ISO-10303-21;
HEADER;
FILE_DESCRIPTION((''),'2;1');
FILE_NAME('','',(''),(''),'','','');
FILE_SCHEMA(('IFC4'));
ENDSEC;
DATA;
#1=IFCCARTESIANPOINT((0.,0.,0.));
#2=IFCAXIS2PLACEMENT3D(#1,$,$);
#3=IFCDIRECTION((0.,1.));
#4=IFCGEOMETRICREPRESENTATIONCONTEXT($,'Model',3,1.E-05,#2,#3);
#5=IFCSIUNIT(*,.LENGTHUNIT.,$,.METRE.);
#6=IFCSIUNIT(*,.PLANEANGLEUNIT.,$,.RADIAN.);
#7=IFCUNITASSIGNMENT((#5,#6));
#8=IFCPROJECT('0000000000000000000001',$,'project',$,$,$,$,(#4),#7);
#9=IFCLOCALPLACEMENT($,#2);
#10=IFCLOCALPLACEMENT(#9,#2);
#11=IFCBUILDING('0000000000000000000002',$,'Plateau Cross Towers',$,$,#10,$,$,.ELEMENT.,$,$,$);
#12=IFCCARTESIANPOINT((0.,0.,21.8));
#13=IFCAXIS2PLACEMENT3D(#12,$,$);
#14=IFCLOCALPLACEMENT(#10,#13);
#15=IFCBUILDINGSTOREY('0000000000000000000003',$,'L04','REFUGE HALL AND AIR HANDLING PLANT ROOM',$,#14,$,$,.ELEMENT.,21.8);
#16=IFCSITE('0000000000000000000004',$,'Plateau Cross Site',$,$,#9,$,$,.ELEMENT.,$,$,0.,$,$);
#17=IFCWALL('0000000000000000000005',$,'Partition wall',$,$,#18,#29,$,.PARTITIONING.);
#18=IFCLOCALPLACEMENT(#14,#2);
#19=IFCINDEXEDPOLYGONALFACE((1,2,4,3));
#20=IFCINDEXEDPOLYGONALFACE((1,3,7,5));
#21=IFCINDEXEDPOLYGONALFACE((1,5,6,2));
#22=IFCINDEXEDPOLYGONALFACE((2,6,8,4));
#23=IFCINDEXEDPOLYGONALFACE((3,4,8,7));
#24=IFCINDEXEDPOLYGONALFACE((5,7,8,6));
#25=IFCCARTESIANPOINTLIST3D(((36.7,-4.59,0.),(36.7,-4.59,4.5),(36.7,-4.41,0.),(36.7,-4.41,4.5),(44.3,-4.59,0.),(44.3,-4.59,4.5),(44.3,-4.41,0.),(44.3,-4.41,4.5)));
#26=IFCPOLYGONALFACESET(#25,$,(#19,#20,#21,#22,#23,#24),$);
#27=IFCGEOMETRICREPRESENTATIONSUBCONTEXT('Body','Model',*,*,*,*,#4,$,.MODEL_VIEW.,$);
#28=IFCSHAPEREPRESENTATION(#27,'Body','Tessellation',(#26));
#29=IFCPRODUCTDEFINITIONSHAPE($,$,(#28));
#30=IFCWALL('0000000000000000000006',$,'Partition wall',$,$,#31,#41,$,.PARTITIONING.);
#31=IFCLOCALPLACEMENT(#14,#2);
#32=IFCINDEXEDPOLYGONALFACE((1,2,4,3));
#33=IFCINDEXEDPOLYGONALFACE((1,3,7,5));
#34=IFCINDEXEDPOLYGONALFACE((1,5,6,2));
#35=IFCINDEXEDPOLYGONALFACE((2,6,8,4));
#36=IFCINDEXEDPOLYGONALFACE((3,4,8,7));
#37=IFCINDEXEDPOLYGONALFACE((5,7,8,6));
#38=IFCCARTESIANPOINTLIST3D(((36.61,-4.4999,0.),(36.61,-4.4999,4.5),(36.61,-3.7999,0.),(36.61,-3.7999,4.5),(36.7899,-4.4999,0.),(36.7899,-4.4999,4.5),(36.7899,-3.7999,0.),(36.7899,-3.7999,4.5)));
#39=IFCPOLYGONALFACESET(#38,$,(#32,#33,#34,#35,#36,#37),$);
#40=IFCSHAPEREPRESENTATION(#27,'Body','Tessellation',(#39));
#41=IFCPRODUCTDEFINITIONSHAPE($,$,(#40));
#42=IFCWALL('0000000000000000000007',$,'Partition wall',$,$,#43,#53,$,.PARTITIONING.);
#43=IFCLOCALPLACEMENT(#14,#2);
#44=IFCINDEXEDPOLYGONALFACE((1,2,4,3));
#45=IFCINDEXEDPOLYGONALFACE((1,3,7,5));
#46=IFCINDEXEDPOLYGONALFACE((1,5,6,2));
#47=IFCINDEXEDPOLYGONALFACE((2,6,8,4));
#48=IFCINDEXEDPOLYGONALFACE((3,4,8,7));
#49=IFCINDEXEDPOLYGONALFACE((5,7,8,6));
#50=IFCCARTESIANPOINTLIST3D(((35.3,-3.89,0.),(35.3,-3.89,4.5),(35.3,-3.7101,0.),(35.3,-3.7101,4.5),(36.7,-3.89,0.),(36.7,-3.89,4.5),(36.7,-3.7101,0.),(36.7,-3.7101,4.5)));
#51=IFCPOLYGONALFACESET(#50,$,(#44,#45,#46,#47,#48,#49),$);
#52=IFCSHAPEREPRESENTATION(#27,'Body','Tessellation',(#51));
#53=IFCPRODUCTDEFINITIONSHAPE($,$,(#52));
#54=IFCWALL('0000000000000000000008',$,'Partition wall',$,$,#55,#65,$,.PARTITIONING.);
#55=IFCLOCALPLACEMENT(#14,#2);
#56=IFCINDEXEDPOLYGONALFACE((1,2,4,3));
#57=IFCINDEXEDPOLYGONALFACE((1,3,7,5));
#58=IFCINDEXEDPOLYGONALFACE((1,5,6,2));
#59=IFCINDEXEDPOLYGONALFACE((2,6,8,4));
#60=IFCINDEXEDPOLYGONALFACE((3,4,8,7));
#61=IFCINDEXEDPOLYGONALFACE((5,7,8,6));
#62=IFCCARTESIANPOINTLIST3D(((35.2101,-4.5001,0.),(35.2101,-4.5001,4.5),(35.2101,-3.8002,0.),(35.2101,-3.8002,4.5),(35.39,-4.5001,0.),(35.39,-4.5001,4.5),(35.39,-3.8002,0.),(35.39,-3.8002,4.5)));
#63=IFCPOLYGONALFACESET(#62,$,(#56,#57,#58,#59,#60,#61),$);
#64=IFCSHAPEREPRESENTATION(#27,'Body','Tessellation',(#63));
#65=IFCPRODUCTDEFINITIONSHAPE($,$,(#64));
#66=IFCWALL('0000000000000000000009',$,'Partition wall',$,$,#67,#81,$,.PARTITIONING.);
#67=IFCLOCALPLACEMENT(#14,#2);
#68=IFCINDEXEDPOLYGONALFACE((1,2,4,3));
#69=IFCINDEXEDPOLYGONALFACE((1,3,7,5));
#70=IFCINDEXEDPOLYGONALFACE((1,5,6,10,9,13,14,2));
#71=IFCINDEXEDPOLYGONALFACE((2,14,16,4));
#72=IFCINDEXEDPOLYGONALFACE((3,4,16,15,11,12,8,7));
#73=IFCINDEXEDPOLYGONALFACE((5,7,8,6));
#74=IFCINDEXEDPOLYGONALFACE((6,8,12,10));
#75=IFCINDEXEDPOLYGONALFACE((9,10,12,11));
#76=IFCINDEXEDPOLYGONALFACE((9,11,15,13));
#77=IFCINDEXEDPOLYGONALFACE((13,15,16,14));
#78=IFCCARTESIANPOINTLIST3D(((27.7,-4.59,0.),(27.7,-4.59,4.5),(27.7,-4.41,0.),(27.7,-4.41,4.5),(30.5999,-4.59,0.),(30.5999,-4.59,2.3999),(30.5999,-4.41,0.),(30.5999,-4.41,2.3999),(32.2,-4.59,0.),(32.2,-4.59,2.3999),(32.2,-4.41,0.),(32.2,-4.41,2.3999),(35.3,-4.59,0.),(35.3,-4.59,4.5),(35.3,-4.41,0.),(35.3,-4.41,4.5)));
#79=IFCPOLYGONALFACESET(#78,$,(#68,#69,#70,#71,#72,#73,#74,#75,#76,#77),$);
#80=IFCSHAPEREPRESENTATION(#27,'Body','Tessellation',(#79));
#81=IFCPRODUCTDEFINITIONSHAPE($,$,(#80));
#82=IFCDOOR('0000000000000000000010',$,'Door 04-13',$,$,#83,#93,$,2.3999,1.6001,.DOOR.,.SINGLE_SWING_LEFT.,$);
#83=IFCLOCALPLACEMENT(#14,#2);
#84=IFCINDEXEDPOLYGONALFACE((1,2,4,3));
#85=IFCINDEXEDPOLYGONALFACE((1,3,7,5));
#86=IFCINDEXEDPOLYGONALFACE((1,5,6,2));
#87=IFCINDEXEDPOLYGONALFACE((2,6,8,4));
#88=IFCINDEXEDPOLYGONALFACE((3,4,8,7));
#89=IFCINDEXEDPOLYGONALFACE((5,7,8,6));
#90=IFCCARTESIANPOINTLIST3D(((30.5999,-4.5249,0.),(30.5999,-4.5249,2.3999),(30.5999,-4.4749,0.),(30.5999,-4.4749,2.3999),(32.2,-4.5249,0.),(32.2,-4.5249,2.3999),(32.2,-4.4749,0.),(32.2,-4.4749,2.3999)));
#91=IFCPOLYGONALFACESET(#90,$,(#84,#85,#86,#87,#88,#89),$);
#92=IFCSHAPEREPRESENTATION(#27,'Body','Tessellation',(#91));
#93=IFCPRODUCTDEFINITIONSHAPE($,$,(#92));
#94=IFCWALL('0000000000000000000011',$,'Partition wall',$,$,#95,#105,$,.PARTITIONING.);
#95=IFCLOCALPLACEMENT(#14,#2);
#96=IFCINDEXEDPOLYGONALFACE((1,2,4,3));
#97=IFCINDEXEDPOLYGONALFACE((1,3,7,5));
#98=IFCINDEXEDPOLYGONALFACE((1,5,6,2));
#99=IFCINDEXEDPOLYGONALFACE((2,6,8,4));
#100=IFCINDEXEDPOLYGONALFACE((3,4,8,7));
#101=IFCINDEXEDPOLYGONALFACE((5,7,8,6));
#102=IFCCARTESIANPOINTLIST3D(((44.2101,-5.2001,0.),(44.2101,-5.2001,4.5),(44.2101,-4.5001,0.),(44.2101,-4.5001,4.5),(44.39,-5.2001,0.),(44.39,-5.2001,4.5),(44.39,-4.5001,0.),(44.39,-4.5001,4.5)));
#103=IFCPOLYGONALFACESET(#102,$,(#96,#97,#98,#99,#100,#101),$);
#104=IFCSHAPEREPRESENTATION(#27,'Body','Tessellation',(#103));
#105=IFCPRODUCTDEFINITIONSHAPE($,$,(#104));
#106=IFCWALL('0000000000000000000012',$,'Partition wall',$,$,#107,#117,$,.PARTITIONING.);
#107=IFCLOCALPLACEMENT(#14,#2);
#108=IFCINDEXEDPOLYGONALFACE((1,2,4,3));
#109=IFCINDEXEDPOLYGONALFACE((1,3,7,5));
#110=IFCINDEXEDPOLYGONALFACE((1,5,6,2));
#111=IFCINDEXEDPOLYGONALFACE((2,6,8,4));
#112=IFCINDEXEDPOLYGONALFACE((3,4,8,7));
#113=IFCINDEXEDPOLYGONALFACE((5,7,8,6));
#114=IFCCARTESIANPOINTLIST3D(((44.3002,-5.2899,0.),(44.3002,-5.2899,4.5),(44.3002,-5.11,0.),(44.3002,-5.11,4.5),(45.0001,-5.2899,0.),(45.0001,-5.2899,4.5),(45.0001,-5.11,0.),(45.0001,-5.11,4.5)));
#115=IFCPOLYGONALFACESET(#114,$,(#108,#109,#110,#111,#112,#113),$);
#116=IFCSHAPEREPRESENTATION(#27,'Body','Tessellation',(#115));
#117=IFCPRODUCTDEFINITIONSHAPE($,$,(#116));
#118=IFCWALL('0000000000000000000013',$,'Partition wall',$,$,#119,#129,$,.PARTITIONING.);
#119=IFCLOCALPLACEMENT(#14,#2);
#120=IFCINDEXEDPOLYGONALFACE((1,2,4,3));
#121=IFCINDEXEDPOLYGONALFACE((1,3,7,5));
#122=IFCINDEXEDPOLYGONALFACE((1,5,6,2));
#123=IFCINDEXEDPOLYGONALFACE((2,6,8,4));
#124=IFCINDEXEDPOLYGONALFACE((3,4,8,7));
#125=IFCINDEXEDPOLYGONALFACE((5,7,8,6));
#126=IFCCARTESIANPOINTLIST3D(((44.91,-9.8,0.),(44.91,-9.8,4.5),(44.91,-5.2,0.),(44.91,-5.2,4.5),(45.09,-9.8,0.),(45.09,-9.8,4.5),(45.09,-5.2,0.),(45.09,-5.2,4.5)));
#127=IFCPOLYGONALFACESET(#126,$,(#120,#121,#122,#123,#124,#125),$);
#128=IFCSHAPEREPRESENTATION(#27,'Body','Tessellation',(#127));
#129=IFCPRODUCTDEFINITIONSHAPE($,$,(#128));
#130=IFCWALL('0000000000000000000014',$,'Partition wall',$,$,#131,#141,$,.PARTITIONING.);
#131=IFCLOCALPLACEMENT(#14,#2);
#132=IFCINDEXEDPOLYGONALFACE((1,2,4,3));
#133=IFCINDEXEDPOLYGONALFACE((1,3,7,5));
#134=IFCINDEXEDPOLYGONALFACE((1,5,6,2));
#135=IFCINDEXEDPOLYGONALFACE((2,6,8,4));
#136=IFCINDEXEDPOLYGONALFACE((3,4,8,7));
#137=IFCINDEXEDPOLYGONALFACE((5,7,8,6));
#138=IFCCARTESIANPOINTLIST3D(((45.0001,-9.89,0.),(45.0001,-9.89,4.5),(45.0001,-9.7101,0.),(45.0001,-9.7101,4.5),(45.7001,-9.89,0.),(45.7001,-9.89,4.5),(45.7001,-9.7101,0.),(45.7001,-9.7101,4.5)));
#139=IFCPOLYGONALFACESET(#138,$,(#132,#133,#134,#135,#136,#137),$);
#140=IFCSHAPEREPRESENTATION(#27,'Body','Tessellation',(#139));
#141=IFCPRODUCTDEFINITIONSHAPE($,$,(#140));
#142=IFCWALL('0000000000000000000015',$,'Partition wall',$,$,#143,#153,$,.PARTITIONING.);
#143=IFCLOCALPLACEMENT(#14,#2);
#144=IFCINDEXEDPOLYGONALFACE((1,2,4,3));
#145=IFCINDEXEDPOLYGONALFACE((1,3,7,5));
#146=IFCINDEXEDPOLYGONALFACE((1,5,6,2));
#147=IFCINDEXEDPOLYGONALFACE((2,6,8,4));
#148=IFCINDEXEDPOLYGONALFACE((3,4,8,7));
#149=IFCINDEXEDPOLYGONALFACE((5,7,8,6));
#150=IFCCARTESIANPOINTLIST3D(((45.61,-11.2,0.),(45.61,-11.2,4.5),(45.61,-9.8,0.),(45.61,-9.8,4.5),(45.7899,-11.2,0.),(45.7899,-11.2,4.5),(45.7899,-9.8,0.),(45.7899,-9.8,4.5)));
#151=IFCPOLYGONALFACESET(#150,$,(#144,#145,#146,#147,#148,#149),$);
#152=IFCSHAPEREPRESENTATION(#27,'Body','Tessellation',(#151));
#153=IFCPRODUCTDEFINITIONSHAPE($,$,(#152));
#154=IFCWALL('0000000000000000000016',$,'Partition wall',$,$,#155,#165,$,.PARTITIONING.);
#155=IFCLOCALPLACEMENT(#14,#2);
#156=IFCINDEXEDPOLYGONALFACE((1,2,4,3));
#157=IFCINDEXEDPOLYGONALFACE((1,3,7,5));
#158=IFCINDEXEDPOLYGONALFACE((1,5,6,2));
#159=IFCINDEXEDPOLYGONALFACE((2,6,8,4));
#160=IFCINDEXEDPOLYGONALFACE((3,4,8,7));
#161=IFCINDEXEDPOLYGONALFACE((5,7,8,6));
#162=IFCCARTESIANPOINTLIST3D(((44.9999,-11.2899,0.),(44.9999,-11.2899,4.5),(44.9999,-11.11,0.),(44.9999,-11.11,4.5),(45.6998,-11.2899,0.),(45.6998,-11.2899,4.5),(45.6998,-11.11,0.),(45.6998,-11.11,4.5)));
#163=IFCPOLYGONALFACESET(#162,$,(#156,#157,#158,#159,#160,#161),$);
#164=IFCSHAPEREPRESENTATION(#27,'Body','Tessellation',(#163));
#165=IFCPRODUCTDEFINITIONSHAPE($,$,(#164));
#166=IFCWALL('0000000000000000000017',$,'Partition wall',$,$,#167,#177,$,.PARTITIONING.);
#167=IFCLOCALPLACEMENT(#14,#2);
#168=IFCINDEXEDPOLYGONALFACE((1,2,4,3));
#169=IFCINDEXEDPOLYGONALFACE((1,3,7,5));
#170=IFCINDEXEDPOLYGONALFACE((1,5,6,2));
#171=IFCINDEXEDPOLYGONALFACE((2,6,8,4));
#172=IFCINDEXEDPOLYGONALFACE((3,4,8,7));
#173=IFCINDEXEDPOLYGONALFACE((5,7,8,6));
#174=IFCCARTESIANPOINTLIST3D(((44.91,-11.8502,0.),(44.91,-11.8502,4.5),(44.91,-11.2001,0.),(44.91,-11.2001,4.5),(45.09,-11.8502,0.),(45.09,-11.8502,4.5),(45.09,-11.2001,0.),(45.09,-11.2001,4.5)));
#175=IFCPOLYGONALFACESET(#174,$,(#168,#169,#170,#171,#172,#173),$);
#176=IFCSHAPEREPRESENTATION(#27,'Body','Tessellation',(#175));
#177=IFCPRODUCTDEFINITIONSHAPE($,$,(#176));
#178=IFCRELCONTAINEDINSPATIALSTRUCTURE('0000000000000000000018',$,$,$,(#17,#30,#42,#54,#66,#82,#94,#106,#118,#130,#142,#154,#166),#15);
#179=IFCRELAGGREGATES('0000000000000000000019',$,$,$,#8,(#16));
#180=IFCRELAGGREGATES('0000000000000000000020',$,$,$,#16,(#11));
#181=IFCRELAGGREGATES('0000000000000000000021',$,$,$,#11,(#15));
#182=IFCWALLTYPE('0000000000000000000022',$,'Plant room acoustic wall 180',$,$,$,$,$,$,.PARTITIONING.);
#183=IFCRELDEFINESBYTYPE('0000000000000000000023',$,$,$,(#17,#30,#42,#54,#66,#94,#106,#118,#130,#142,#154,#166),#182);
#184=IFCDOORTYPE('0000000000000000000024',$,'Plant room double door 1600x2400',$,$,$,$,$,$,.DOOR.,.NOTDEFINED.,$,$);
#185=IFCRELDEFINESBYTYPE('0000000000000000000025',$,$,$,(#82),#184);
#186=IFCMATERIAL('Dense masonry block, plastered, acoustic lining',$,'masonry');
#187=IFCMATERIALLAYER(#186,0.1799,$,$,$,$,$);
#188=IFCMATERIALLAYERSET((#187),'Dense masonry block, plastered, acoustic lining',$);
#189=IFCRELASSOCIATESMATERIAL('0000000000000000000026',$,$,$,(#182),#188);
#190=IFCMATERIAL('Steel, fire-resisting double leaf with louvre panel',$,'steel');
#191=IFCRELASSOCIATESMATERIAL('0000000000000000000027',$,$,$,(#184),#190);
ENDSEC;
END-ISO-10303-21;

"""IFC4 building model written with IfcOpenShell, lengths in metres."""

from ifc_helpers import new_model, si_unit, direction, frame, frame_2d, origin, place, context, subcontext, project, spatial, rectangle, extrude, material, layer, layer_set, type_object, element, fill, save


model = new_model("IFC4")

# Units and contexts
model_context = context("Model", 3, precision=1e-05, world=origin(), true_north=direction((0.0, 1.0)))
body_context = subcontext(model_context, "Body", "Model", "MODEL_VIEW")
ifc_project = project(units=[si_unit("LENGTHUNIT", "METRE"), si_unit("PLANEANGLEUNIT", "RADIAN")], contexts=[model_context])

# Site, building, storey
site_placement = place(None, origin())
site = spatial("IfcSite", under=ifc_project, at=site_placement, Name="Plateau Cross Site", CompositionType="ELEMENT", RefElevation=0.0)
building_placement = place(site_placement, origin())
building = spatial("IfcBuilding", under=site, at=building_placement, Name="Plateau Cross Towers", CompositionType="ELEMENT")
storey_placement = place(building_placement, frame((0.0, 0.0, 21.8)))
storey = spatial("IfcBuildingStorey", under=building, at=storey_placement, Name="L04", Description="REFUGE HALL AND AIR HANDLING PLANT ROOM", CompositionType="ELEMENT", Elevation=21.8)

# Walls
ifc_material_1 = material(Name="Dense masonry block, plastered, acoustic lining", Category="masonry")
ifc_layer_1 = layer(ifc_material_1, 0.1799)
ifc_layer_set_1 = layer_set([ifc_layer_1], Name="Dense masonry block, plastered, acoustic lining")
wall_type = type_object("IfcWallType", Name="Plant room acoustic wall 180", PredefinedType="PARTITIONING", material=ifc_layer_set_1)
wall_1_placement = place(storey_placement, frame((44.3, -4.5, 0.0), z_axis=(0.0, 0.0, 1.0), x_axis=(-1.0, 0.0, 0.0)))
element("IfcWall", 1, at=wall_1_placement, inside=storey, type_object=wall_type, Name="Partition wall", PredefinedType="PARTITIONING", context=body_context, shape_type="SweptSolid", body=[
    extrude(rectangle(XDim=7.6001, YDim=0.1799, at=frame_2d((3.8, 0.0))), origin(), (0.0, 0.0, 1.0), 4.5),
])
wall_2_placement = place(storey_placement, frame((36.7, -4.5, 0.0), z_axis=(0.0, 0.0, 1.0), x_axis=(0.0, 1.0, 0.0)))
element("IfcWall", 2, at=wall_2_placement, inside=storey, type_object=wall_type, Name="Partition wall", PredefinedType="PARTITIONING", context=body_context, shape_type="SweptSolid", body=[
    extrude(rectangle(XDim=0.7, YDim=0.1799, at=frame_2d((0.3501, 0.0))), origin(), (0.0, 0.0, 1.0), 4.5),
])
wall_3_placement = place(storey_placement, frame((36.7, -3.8, 0.0), z_axis=(0.0, 0.0, 1.0), x_axis=(-1.0, 0.0, 0.0)))
element("IfcWall", 3, at=wall_3_placement, inside=storey, type_object=wall_type, Name="Partition wall", PredefinedType="PARTITIONING", context=body_context, shape_type="SweptSolid", body=[
    extrude(rectangle(XDim=1.3999, YDim=0.1799, at=frame_2d((0.7, 0.0))), origin(), (0.0, 0.0, 1.0), 4.5),
])
wall_4_placement = place(storey_placement, frame((35.3, -3.8, 0.0), z_axis=(0.0, 0.0, 1.0), x_axis=(0.0, -1.0, 0.0)))
element("IfcWall", 4, at=wall_4_placement, inside=storey, type_object=wall_type, Name="Partition wall", PredefinedType="PARTITIONING", context=body_context, shape_type="SweptSolid", body=[
    extrude(rectangle(XDim=0.7, YDim=0.1799, at=frame_2d((0.3501, 0.0))), origin(), (0.0, 0.0, 1.0), 4.5),
])

# Wall, opening, door
wall_5_placement = place(storey_placement, frame((35.3, -4.5, 0.0), z_axis=(0.0, 0.0, 1.0), x_axis=(-1.0, 0.0, 0.0)))
wall_5 = element("IfcWall", 5, at=wall_5_placement, inside=storey, type_object=wall_type, Name="Partition wall", PredefinedType="PARTITIONING", context=body_context, shape_type="SweptSolid", body=[
    extrude(rectangle(XDim=7.6001, YDim=0.1799, at=frame_2d((3.8, 0.0))), origin(), (0.0, 0.0, 1.0), 4.5),
])
opening_placement = place(wall_5_placement, frame((3.1001, 0.0, 0.0)))
opening = element("IfcOpeningElement", 6, at=opening_placement, cuts=wall_5, PredefinedType="OPENING", context=body_context, shape_type="SweptSolid", body=[
    extrude(rectangle(XDim=1.6001, YDim=2.3999, at=frame_2d((0.8, 1.2))), frame((0.0, 0.0999, 0.0), z_axis=(0.0, -1.0, 0.0), x_axis=(1.0, 0.0, 0.0)), (0.0, 0.0, 1.0), 0.2),
])
ifc_material_2 = material(Name="Steel, fire-resisting double leaf with louvre panel", Category="steel")
door_type = type_object("IfcDoorType", Name="Plant room double door 1600x2400", OperationType="NOTDEFINED", PredefinedType="DOOR", material=ifc_material_2)
door_placement = place(opening_placement, origin())
door = element("IfcDoor", 7, at=door_placement, inside=storey, type_object=door_type, Name="Door 04-13", OperationType="SINGLE_SWING_LEFT", OverallHeight=2.3999, OverallWidth=1.6001, PredefinedType="DOOR", context=body_context, shape_type="SweptSolid", body=[
    extrude(rectangle(XDim=1.6001, YDim=2.3999, at=frame_2d((0.8, 1.2))), frame((0.0, 0.0249, 0.0), z_axis=(0.0, -1.0, 0.0), x_axis=(1.0, 0.0, 0.0)), (0.0, 0.0, 1.0), 0.05),
])
fill(opening, door)

# Walls
for number, where, z_axis, x_axis, name in (
    (8, (44.3, -4.5, 0.0), (0.0, 0.0, 1.0), (0.0, -1.0, 0.0), "Partition wall"),
    (9, (44.3, -5.2, 0.0), (0.0, 0.0, 1.0), (1.0, 0.0, 0.0), "Partition wall"),
):
    element("IfcWall", number, at=place(storey_placement, frame(where, z_axis=z_axis, x_axis=x_axis)), inside=storey, type_object=wall_type, Name=name, PredefinedType="PARTITIONING", context=body_context, shape_type="SweptSolid", body=[
        extrude(rectangle(XDim=0.7, YDim=0.1799, at=frame_2d((0.3501, 0.0))), origin(), (0.0, 0.0, 1.0), 4.5),
    ])
wall_6_placement = place(storey_placement, frame((45.0, -5.2, 0.0), z_axis=(0.0, 0.0, 1.0), x_axis=(0.0, -1.0, 0.0)))
element("IfcWall", 10, at=wall_6_placement, inside=storey, type_object=wall_type, Name="Partition wall", PredefinedType="PARTITIONING", context=body_context, shape_type="SweptSolid", body=[
    extrude(rectangle(XDim=4.6001, YDim=0.1799, at=frame_2d((2.3, 0.0))), origin(), (0.0, 0.0, 1.0), 4.5),
])
wall_7_placement = place(storey_placement, frame((45.0, -9.8, 0.0), z_axis=(0.0, 0.0, 1.0), x_axis=(1.0, 0.0, 0.0)))
element("IfcWall", 11, at=wall_7_placement, inside=storey, type_object=wall_type, Name="Partition wall", PredefinedType="PARTITIONING", context=body_context, shape_type="SweptSolid", body=[
    extrude(rectangle(XDim=0.7, YDim=0.1799, at=frame_2d((0.3501, 0.0))), origin(), (0.0, 0.0, 1.0), 4.5),
])
wall_8_placement = place(storey_placement, frame((45.7, -9.8, 0.0), z_axis=(0.0, 0.0, 1.0), x_axis=(0.0, -1.0, 0.0)))
element("IfcWall", 12, at=wall_8_placement, inside=storey, type_object=wall_type, Name="Partition wall", PredefinedType="PARTITIONING", context=body_context, shape_type="SweptSolid", body=[
    extrude(rectangle(XDim=1.3999, YDim=0.1799, at=frame_2d((0.7, 0.0))), origin(), (0.0, 0.0, 1.0), 4.5),
])
wall_9_placement = place(storey_placement, frame((45.7, -11.2, 0.0), z_axis=(0.0, 0.0, 1.0), x_axis=(-1.0, 0.0, 0.0)))
element("IfcWall", 13, at=wall_9_placement, inside=storey, type_object=wall_type, Name="Partition wall", PredefinedType="PARTITIONING", context=body_context, shape_type="SweptSolid", body=[
    extrude(rectangle(XDim=0.7, YDim=0.1799, at=frame_2d((0.3501, 0.0))), origin(), (0.0, 0.0, 1.0), 4.5),
])
wall_10_placement = place(storey_placement, frame((45.0, -11.2, 0.0), z_axis=(0.0, 0.0, 1.0), x_axis=(0.0, -1.0, 0.0)))
element("IfcWall", 14, at=wall_10_placement, inside=storey, type_object=wall_type, Name="Partition wall", PredefinedType="PARTITIONING", context=body_context, shape_type="SweptSolid", body=[
    extrude(rectangle(XDim=0.6501, YDim=0.1799, at=frame_2d((0.3252, 0.0))), origin(), (0.0, 0.0, 1.0), 4.5),
])

save(model, "model.ifc")
